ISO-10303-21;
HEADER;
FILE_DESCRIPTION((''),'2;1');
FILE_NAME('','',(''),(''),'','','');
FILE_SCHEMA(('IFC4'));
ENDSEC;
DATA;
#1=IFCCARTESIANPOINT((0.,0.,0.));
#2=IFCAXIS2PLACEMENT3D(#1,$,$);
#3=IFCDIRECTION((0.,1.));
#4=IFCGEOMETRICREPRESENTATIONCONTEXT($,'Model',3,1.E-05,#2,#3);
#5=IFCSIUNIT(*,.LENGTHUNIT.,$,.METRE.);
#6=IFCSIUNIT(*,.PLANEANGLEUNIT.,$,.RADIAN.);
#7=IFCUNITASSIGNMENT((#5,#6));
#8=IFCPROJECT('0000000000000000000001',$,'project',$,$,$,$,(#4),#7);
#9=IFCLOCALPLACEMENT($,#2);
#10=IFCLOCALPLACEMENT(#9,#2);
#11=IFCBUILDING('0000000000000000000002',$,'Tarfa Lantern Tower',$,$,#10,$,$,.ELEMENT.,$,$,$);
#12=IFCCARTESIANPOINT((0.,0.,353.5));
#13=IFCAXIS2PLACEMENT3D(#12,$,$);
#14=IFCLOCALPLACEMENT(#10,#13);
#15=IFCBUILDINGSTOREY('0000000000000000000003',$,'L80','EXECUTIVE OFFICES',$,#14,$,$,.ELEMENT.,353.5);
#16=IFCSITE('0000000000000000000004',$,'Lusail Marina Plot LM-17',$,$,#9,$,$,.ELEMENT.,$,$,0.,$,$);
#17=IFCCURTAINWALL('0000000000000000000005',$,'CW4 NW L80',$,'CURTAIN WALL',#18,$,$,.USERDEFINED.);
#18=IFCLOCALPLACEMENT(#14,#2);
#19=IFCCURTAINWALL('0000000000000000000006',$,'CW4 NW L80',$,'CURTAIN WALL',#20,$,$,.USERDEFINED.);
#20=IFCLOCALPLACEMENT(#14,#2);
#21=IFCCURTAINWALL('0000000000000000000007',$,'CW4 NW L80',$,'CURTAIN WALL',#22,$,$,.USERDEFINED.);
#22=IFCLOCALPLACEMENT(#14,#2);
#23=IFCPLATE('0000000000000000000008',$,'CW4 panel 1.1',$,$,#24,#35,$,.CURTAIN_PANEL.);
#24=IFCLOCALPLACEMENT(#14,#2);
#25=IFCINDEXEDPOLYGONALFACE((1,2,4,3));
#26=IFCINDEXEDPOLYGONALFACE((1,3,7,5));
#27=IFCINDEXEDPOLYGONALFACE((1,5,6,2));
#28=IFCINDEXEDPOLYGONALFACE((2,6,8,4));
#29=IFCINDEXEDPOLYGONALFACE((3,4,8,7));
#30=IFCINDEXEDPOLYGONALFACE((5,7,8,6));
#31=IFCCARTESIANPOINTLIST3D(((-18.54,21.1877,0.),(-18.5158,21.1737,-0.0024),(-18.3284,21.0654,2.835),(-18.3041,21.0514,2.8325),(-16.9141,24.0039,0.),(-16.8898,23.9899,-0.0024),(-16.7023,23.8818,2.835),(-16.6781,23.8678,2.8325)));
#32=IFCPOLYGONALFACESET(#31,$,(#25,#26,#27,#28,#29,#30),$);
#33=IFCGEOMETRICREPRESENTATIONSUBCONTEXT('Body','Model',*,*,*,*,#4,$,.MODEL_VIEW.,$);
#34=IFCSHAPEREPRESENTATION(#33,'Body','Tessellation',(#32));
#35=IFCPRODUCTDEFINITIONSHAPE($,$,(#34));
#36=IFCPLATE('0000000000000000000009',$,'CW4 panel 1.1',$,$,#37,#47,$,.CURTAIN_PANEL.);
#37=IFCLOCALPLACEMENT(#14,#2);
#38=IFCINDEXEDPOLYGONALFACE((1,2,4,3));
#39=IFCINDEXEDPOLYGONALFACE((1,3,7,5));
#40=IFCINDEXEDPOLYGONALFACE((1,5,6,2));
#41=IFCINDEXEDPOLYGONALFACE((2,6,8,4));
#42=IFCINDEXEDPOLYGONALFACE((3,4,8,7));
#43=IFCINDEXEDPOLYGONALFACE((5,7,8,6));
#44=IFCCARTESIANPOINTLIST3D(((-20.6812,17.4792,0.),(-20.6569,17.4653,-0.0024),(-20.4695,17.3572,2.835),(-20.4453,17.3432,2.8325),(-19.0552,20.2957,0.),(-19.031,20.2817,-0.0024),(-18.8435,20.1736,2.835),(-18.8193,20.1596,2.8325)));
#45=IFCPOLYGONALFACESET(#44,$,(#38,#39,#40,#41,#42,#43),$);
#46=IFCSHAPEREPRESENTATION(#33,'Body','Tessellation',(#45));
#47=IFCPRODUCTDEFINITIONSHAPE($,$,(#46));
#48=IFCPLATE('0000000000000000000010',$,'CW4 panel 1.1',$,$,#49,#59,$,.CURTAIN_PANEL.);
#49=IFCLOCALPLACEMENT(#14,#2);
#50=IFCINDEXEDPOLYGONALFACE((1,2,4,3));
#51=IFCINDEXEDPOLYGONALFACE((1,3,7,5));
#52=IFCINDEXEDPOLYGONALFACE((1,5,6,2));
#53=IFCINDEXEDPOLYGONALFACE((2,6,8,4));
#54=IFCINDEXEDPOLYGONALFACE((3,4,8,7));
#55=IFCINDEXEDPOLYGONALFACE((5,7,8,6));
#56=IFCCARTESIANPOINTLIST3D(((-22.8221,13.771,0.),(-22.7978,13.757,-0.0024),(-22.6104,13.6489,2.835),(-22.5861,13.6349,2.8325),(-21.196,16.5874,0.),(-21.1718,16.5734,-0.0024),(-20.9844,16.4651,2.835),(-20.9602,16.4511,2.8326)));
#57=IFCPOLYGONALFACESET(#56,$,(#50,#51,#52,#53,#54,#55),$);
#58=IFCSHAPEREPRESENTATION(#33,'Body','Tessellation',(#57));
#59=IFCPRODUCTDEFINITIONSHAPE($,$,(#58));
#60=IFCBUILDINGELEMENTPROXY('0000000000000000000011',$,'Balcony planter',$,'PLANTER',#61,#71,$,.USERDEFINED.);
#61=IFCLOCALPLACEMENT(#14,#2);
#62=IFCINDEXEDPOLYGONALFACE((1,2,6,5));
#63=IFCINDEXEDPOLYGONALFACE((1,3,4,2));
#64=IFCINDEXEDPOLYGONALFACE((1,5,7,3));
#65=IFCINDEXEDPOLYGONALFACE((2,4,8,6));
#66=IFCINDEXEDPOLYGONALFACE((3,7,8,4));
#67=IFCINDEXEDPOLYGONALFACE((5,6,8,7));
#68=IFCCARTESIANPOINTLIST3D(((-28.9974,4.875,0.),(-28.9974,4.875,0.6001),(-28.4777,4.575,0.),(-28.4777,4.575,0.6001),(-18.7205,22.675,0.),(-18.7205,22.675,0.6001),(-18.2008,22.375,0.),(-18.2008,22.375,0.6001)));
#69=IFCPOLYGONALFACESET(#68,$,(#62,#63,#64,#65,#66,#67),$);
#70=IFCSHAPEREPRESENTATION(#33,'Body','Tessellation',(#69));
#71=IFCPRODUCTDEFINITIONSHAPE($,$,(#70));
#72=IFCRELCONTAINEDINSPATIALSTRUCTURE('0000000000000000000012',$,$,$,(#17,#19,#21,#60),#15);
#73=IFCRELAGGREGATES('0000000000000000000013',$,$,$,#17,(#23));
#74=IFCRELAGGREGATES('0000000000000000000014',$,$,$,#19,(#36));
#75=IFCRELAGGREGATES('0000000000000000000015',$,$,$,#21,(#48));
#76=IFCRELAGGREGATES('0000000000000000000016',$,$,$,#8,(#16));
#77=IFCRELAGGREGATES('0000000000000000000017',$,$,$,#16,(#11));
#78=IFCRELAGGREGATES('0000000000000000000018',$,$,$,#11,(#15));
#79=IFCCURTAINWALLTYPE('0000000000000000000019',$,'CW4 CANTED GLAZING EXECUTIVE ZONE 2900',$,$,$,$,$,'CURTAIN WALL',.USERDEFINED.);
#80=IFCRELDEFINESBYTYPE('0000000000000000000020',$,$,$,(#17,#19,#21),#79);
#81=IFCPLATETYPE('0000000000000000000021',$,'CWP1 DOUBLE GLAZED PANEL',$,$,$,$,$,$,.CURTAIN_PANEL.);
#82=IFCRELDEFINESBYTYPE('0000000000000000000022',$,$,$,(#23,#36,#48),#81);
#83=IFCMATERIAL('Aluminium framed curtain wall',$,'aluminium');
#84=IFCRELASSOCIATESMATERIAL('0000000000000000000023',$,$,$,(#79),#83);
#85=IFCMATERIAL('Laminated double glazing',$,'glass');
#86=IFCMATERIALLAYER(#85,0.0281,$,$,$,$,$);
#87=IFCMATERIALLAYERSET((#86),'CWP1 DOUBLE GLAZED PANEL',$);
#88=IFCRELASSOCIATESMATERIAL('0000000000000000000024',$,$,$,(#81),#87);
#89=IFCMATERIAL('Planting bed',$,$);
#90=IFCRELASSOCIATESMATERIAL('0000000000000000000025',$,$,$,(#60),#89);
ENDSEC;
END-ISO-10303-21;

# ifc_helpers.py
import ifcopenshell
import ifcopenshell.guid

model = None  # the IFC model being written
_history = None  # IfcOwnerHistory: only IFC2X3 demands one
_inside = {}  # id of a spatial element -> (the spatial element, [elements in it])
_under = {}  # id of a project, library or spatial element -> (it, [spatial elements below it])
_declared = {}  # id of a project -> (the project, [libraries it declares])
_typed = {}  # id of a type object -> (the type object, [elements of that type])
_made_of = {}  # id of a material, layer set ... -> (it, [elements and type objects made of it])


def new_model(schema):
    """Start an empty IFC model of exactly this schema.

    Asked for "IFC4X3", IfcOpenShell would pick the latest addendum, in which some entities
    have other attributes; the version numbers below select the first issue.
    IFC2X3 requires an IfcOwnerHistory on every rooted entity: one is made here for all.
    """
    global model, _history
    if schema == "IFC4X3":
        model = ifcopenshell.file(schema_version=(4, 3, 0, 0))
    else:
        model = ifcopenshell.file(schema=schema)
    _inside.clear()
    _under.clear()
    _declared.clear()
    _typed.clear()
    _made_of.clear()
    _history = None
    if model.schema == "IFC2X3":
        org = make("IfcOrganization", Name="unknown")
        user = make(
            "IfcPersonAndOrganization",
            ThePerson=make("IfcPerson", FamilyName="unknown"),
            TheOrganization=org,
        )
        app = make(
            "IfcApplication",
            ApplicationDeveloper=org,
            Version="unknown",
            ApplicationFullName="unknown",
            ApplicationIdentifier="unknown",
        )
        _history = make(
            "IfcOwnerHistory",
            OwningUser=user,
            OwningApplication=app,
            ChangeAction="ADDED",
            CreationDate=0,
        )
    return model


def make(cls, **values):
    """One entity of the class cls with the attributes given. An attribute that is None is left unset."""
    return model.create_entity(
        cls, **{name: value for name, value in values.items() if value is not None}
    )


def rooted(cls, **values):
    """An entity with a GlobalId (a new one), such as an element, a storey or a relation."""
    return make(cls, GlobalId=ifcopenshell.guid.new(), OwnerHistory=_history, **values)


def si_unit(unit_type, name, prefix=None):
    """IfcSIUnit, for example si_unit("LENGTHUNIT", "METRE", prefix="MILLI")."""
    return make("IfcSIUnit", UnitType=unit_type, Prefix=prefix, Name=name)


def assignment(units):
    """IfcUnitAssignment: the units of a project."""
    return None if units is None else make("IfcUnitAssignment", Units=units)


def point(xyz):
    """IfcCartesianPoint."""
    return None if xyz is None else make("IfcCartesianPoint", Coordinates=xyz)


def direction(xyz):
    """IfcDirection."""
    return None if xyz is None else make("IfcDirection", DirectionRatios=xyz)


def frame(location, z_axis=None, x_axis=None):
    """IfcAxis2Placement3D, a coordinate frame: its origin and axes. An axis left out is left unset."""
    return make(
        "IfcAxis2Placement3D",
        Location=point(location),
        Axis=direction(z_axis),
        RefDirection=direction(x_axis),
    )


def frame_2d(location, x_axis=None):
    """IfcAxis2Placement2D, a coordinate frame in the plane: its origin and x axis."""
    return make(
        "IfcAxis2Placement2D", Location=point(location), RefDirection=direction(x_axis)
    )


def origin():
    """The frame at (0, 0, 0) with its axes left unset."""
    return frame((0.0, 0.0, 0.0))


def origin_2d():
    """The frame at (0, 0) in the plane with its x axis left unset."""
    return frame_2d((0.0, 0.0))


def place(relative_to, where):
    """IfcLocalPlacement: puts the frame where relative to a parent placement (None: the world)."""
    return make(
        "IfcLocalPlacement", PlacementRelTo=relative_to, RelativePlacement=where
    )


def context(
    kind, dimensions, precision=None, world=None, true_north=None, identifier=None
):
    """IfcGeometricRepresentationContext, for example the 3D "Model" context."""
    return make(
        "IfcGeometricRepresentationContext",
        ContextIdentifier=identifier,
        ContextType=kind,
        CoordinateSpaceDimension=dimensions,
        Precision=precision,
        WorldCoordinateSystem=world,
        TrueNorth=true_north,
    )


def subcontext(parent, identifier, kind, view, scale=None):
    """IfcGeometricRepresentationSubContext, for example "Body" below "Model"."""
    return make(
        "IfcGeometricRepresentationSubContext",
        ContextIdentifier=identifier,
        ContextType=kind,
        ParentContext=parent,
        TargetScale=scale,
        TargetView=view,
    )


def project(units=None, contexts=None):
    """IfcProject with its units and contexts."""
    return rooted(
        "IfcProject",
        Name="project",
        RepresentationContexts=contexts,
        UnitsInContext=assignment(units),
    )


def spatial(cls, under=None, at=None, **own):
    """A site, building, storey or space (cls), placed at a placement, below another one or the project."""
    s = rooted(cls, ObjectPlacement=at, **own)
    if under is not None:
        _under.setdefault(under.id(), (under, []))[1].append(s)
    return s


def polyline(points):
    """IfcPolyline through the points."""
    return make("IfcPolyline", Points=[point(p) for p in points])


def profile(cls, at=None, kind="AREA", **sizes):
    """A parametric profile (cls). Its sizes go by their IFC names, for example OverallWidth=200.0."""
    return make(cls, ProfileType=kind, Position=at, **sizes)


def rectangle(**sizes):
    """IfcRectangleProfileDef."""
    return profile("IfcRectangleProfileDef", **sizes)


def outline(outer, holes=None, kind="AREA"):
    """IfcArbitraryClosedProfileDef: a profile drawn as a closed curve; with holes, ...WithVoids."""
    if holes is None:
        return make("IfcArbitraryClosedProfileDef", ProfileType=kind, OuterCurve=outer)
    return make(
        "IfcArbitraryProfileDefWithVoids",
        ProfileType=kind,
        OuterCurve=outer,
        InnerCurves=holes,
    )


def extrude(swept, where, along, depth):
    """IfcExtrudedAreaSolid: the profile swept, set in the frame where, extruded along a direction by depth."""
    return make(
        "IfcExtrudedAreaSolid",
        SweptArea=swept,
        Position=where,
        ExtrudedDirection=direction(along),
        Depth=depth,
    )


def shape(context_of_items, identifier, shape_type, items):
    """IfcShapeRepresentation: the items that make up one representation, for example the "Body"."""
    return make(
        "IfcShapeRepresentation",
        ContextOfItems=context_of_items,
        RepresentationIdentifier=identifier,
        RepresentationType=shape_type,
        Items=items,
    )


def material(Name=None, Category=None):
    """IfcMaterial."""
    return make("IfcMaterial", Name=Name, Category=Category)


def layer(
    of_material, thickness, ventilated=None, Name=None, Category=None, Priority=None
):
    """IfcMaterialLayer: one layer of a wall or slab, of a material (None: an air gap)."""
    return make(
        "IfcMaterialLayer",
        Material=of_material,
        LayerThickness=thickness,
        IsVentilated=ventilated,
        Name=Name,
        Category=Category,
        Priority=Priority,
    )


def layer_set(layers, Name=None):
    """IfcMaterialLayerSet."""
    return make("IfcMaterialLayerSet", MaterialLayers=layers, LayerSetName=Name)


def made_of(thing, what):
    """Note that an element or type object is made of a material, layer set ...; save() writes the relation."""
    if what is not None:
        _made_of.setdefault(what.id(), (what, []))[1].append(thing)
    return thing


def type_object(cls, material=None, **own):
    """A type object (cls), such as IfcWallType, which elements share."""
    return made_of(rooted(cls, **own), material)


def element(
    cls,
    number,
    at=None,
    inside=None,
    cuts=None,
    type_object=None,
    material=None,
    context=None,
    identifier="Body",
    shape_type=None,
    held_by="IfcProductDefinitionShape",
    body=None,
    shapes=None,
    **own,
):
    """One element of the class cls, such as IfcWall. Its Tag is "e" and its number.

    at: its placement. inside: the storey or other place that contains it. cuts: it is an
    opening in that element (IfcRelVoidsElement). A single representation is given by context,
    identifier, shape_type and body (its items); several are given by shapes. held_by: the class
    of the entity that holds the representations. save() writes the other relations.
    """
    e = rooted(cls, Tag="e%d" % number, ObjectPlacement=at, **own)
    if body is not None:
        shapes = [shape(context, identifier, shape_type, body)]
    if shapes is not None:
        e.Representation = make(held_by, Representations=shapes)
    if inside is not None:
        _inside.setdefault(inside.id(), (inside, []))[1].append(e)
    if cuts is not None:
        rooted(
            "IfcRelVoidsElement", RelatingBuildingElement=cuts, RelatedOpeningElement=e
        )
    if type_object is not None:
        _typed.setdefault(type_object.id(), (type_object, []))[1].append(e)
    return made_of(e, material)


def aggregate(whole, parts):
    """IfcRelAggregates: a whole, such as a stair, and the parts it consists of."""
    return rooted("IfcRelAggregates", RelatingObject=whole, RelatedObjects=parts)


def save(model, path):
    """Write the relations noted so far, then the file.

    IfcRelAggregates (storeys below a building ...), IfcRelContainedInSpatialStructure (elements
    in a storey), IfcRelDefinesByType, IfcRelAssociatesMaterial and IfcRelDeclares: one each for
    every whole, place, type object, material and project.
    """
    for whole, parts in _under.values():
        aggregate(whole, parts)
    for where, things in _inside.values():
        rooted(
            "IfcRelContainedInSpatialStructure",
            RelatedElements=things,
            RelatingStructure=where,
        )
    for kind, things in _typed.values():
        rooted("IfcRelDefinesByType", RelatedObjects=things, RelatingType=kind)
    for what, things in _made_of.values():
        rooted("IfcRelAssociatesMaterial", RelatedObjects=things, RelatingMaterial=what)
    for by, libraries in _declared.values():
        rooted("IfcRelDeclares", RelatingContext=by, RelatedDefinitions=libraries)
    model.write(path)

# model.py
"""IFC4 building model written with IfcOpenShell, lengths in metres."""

from ifc_helpers import new_model, si_unit, direction, frame, origin, origin_2d, place, context, subcontext, project, spatial, polyline, rectangle, outline, extrude, material, layer, layer_set, type_object, element, aggregate, save


model = new_model("IFC4")

# Units and contexts
model_context = context("Model", 3, precision=1e-05, world=origin(), true_north=direction((0.0, 1.0)))
body_context = subcontext(model_context, "Body", "Model", "MODEL_VIEW")
ifc_project = project(units=[si_unit("LENGTHUNIT", "METRE"), si_unit("PLANEANGLEUNIT", "RADIAN")], contexts=[model_context])

# Site, building, storey
site_placement = place(None, origin())
site = spatial("IfcSite", under=ifc_project, at=site_placement, Name="Lusail Marina Plot LM-17", CompositionType="ELEMENT", RefElevation=0.0)
building_placement = place(site_placement, origin())
building = spatial("IfcBuilding", under=site, at=building_placement, Name="Tarfa Lantern Tower", CompositionType="ELEMENT")
storey_placement = place(building_placement, frame((0.0, 0.0, 353.5)))
storey = spatial("IfcBuildingStorey", under=building, at=storey_placement, Name="L80", Description="EXECUTIVE OFFICES", CompositionType="ELEMENT", Elevation=353.5)

# Curtain wall
ifc_material_1 = material(Name="Aluminium framed curtain wall", Category="aluminium")
curtain_wall_type = type_object("IfcCurtainWallType", Name="CW4 CANTED GLAZING EXECUTIVE ZONE 2900", ElementType="CURTAIN WALL", PredefinedType="USERDEFINED", material=ifc_material_1)
curtain_wall_1_placement = place(storey_placement, origin())
curtain_wall_1 = element("IfcCurtainWall", 1, at=curtain_wall_1_placement, inside=storey, type_object=curtain_wall_type, Name="CW4 NW L80", ObjectType="CURTAIN WALL", PredefinedType="USERDEFINED")

# Curtain walls
curtain_wall_2_placement = place(storey_placement, origin())
curtain_wall_2 = element("IfcCurtainWall", 2, at=curtain_wall_2_placement, inside=storey, type_object=curtain_wall_type, Name="CW4 NW L80", ObjectType="CURTAIN WALL", PredefinedType="USERDEFINED")
curtain_wall_3_placement = place(storey_placement, origin())
curtain_wall_3 = element("IfcCurtainWall", 3, at=curtain_wall_3_placement, inside=storey, type_object=curtain_wall_type, Name="CW4 NW L80", ObjectType="CURTAIN WALL", PredefinedType="USERDEFINED")

# Plates
ifc_material_2 = material(Name="Laminated double glazing", Category="glass")
ifc_layer = layer(ifc_material_2, 0.0281)
ifc_layer_set = layer_set([ifc_layer], Name="CWP1 DOUBLE GLAZED PANEL")
plate_type = type_object("IfcPlateType", Name="CWP1 DOUBLE GLAZED PANEL", PredefinedType="CURTAIN_PANEL", material=ifc_layer_set)
plate_1_placement = place(storey_placement, frame((-16.9141, 24.0039, 0.0), z_axis=(-0.862826, 0.498151, 0.085893), x_axis=(-0.499999, -0.866026, -0.000002)))
plate_1 = element("IfcPlate", 4, at=plate_1_placement, type_object=plate_type, Name="CW4 panel 1.1", PredefinedType="CURTAIN_PANEL", context=body_context, shape_type="SweptSolid", body=[
    extrude(outline(polyline([(0.0, 0.0), (3.2519, 0.0), (3.2519, 2.8455), (-0.0001, 2.8455), (0.0, 0.0)])), origin(), (0.0, 0.0, -1.0), 0.0281),
])
aggregate(curtain_wall_1, [plate_1])
plate_2_placement = place(storey_placement, frame((-19.0552, 20.2957, 0.0), z_axis=(-0.862837, 0.498136, 0.085872), x_axis=(-0.499982, -0.866036, 0.0)))
plate_2 = element("IfcPlate", 5, at=plate_2_placement, type_object=plate_type, Name="CW4 panel 1.1", PredefinedType="CURTAIN_PANEL", context=body_context, shape_type="SweptSolid", body=[
    extrude(outline(polyline([(0.0, 0.0), (3.2521, 0.0), (3.252, 2.8455), (-0.0001, 2.8455), (0.0, 0.0)])), origin(), (0.0, 0.0, -1.0), 0.0281),
])
aggregate(curtain_wall_2, [plate_2])
plate_3_placement = place(storey_placement, frame((-21.196, 16.5874, 0.0), z_axis=(-0.862826, 0.498151, 0.085893), x_axis=(-0.499999, -0.866026, 0.000002)))
plate_3 = element("IfcPlate", 6, at=plate_3_placement, type_object=plate_type, Name="CW4 panel 1.1", PredefinedType="CURTAIN_PANEL", context=body_context, shape_type="SweptSolid", body=[
    extrude(outline(polyline([(0.0, 0.0), (3.2521, 0.0), (3.252, 2.8455), (0.0001, 2.8455), (0.0, 0.0)])), origin(), (0.0, 0.0, -1.0), 0.0281),
])
aggregate(curtain_wall_3, [plate_3])

# Building element proxy
ifc_material_3 = material(Name="Planting bed")
proxy_placement = place(storey_placement, frame((-23.5991, 13.625, 0.0), z_axis=(0.0, 0.0, 1.0), x_axis=(-0.5, -0.866025, 0.0)))
element("IfcBuildingElementProxy", 7, at=proxy_placement, inside=storey, material=ifc_material_3, Name="Balcony planter", ObjectType="PLANTER", PredefinedType="USERDEFINED", context=body_context, shape_type="SweptSolid", body=[
    extrude(rectangle(XDim=20.5537, YDim=0.6001, at=origin_2d()), origin(), (0.0, 0.0, 1.0), 0.6001),
])

save(model, "model.ifc")
